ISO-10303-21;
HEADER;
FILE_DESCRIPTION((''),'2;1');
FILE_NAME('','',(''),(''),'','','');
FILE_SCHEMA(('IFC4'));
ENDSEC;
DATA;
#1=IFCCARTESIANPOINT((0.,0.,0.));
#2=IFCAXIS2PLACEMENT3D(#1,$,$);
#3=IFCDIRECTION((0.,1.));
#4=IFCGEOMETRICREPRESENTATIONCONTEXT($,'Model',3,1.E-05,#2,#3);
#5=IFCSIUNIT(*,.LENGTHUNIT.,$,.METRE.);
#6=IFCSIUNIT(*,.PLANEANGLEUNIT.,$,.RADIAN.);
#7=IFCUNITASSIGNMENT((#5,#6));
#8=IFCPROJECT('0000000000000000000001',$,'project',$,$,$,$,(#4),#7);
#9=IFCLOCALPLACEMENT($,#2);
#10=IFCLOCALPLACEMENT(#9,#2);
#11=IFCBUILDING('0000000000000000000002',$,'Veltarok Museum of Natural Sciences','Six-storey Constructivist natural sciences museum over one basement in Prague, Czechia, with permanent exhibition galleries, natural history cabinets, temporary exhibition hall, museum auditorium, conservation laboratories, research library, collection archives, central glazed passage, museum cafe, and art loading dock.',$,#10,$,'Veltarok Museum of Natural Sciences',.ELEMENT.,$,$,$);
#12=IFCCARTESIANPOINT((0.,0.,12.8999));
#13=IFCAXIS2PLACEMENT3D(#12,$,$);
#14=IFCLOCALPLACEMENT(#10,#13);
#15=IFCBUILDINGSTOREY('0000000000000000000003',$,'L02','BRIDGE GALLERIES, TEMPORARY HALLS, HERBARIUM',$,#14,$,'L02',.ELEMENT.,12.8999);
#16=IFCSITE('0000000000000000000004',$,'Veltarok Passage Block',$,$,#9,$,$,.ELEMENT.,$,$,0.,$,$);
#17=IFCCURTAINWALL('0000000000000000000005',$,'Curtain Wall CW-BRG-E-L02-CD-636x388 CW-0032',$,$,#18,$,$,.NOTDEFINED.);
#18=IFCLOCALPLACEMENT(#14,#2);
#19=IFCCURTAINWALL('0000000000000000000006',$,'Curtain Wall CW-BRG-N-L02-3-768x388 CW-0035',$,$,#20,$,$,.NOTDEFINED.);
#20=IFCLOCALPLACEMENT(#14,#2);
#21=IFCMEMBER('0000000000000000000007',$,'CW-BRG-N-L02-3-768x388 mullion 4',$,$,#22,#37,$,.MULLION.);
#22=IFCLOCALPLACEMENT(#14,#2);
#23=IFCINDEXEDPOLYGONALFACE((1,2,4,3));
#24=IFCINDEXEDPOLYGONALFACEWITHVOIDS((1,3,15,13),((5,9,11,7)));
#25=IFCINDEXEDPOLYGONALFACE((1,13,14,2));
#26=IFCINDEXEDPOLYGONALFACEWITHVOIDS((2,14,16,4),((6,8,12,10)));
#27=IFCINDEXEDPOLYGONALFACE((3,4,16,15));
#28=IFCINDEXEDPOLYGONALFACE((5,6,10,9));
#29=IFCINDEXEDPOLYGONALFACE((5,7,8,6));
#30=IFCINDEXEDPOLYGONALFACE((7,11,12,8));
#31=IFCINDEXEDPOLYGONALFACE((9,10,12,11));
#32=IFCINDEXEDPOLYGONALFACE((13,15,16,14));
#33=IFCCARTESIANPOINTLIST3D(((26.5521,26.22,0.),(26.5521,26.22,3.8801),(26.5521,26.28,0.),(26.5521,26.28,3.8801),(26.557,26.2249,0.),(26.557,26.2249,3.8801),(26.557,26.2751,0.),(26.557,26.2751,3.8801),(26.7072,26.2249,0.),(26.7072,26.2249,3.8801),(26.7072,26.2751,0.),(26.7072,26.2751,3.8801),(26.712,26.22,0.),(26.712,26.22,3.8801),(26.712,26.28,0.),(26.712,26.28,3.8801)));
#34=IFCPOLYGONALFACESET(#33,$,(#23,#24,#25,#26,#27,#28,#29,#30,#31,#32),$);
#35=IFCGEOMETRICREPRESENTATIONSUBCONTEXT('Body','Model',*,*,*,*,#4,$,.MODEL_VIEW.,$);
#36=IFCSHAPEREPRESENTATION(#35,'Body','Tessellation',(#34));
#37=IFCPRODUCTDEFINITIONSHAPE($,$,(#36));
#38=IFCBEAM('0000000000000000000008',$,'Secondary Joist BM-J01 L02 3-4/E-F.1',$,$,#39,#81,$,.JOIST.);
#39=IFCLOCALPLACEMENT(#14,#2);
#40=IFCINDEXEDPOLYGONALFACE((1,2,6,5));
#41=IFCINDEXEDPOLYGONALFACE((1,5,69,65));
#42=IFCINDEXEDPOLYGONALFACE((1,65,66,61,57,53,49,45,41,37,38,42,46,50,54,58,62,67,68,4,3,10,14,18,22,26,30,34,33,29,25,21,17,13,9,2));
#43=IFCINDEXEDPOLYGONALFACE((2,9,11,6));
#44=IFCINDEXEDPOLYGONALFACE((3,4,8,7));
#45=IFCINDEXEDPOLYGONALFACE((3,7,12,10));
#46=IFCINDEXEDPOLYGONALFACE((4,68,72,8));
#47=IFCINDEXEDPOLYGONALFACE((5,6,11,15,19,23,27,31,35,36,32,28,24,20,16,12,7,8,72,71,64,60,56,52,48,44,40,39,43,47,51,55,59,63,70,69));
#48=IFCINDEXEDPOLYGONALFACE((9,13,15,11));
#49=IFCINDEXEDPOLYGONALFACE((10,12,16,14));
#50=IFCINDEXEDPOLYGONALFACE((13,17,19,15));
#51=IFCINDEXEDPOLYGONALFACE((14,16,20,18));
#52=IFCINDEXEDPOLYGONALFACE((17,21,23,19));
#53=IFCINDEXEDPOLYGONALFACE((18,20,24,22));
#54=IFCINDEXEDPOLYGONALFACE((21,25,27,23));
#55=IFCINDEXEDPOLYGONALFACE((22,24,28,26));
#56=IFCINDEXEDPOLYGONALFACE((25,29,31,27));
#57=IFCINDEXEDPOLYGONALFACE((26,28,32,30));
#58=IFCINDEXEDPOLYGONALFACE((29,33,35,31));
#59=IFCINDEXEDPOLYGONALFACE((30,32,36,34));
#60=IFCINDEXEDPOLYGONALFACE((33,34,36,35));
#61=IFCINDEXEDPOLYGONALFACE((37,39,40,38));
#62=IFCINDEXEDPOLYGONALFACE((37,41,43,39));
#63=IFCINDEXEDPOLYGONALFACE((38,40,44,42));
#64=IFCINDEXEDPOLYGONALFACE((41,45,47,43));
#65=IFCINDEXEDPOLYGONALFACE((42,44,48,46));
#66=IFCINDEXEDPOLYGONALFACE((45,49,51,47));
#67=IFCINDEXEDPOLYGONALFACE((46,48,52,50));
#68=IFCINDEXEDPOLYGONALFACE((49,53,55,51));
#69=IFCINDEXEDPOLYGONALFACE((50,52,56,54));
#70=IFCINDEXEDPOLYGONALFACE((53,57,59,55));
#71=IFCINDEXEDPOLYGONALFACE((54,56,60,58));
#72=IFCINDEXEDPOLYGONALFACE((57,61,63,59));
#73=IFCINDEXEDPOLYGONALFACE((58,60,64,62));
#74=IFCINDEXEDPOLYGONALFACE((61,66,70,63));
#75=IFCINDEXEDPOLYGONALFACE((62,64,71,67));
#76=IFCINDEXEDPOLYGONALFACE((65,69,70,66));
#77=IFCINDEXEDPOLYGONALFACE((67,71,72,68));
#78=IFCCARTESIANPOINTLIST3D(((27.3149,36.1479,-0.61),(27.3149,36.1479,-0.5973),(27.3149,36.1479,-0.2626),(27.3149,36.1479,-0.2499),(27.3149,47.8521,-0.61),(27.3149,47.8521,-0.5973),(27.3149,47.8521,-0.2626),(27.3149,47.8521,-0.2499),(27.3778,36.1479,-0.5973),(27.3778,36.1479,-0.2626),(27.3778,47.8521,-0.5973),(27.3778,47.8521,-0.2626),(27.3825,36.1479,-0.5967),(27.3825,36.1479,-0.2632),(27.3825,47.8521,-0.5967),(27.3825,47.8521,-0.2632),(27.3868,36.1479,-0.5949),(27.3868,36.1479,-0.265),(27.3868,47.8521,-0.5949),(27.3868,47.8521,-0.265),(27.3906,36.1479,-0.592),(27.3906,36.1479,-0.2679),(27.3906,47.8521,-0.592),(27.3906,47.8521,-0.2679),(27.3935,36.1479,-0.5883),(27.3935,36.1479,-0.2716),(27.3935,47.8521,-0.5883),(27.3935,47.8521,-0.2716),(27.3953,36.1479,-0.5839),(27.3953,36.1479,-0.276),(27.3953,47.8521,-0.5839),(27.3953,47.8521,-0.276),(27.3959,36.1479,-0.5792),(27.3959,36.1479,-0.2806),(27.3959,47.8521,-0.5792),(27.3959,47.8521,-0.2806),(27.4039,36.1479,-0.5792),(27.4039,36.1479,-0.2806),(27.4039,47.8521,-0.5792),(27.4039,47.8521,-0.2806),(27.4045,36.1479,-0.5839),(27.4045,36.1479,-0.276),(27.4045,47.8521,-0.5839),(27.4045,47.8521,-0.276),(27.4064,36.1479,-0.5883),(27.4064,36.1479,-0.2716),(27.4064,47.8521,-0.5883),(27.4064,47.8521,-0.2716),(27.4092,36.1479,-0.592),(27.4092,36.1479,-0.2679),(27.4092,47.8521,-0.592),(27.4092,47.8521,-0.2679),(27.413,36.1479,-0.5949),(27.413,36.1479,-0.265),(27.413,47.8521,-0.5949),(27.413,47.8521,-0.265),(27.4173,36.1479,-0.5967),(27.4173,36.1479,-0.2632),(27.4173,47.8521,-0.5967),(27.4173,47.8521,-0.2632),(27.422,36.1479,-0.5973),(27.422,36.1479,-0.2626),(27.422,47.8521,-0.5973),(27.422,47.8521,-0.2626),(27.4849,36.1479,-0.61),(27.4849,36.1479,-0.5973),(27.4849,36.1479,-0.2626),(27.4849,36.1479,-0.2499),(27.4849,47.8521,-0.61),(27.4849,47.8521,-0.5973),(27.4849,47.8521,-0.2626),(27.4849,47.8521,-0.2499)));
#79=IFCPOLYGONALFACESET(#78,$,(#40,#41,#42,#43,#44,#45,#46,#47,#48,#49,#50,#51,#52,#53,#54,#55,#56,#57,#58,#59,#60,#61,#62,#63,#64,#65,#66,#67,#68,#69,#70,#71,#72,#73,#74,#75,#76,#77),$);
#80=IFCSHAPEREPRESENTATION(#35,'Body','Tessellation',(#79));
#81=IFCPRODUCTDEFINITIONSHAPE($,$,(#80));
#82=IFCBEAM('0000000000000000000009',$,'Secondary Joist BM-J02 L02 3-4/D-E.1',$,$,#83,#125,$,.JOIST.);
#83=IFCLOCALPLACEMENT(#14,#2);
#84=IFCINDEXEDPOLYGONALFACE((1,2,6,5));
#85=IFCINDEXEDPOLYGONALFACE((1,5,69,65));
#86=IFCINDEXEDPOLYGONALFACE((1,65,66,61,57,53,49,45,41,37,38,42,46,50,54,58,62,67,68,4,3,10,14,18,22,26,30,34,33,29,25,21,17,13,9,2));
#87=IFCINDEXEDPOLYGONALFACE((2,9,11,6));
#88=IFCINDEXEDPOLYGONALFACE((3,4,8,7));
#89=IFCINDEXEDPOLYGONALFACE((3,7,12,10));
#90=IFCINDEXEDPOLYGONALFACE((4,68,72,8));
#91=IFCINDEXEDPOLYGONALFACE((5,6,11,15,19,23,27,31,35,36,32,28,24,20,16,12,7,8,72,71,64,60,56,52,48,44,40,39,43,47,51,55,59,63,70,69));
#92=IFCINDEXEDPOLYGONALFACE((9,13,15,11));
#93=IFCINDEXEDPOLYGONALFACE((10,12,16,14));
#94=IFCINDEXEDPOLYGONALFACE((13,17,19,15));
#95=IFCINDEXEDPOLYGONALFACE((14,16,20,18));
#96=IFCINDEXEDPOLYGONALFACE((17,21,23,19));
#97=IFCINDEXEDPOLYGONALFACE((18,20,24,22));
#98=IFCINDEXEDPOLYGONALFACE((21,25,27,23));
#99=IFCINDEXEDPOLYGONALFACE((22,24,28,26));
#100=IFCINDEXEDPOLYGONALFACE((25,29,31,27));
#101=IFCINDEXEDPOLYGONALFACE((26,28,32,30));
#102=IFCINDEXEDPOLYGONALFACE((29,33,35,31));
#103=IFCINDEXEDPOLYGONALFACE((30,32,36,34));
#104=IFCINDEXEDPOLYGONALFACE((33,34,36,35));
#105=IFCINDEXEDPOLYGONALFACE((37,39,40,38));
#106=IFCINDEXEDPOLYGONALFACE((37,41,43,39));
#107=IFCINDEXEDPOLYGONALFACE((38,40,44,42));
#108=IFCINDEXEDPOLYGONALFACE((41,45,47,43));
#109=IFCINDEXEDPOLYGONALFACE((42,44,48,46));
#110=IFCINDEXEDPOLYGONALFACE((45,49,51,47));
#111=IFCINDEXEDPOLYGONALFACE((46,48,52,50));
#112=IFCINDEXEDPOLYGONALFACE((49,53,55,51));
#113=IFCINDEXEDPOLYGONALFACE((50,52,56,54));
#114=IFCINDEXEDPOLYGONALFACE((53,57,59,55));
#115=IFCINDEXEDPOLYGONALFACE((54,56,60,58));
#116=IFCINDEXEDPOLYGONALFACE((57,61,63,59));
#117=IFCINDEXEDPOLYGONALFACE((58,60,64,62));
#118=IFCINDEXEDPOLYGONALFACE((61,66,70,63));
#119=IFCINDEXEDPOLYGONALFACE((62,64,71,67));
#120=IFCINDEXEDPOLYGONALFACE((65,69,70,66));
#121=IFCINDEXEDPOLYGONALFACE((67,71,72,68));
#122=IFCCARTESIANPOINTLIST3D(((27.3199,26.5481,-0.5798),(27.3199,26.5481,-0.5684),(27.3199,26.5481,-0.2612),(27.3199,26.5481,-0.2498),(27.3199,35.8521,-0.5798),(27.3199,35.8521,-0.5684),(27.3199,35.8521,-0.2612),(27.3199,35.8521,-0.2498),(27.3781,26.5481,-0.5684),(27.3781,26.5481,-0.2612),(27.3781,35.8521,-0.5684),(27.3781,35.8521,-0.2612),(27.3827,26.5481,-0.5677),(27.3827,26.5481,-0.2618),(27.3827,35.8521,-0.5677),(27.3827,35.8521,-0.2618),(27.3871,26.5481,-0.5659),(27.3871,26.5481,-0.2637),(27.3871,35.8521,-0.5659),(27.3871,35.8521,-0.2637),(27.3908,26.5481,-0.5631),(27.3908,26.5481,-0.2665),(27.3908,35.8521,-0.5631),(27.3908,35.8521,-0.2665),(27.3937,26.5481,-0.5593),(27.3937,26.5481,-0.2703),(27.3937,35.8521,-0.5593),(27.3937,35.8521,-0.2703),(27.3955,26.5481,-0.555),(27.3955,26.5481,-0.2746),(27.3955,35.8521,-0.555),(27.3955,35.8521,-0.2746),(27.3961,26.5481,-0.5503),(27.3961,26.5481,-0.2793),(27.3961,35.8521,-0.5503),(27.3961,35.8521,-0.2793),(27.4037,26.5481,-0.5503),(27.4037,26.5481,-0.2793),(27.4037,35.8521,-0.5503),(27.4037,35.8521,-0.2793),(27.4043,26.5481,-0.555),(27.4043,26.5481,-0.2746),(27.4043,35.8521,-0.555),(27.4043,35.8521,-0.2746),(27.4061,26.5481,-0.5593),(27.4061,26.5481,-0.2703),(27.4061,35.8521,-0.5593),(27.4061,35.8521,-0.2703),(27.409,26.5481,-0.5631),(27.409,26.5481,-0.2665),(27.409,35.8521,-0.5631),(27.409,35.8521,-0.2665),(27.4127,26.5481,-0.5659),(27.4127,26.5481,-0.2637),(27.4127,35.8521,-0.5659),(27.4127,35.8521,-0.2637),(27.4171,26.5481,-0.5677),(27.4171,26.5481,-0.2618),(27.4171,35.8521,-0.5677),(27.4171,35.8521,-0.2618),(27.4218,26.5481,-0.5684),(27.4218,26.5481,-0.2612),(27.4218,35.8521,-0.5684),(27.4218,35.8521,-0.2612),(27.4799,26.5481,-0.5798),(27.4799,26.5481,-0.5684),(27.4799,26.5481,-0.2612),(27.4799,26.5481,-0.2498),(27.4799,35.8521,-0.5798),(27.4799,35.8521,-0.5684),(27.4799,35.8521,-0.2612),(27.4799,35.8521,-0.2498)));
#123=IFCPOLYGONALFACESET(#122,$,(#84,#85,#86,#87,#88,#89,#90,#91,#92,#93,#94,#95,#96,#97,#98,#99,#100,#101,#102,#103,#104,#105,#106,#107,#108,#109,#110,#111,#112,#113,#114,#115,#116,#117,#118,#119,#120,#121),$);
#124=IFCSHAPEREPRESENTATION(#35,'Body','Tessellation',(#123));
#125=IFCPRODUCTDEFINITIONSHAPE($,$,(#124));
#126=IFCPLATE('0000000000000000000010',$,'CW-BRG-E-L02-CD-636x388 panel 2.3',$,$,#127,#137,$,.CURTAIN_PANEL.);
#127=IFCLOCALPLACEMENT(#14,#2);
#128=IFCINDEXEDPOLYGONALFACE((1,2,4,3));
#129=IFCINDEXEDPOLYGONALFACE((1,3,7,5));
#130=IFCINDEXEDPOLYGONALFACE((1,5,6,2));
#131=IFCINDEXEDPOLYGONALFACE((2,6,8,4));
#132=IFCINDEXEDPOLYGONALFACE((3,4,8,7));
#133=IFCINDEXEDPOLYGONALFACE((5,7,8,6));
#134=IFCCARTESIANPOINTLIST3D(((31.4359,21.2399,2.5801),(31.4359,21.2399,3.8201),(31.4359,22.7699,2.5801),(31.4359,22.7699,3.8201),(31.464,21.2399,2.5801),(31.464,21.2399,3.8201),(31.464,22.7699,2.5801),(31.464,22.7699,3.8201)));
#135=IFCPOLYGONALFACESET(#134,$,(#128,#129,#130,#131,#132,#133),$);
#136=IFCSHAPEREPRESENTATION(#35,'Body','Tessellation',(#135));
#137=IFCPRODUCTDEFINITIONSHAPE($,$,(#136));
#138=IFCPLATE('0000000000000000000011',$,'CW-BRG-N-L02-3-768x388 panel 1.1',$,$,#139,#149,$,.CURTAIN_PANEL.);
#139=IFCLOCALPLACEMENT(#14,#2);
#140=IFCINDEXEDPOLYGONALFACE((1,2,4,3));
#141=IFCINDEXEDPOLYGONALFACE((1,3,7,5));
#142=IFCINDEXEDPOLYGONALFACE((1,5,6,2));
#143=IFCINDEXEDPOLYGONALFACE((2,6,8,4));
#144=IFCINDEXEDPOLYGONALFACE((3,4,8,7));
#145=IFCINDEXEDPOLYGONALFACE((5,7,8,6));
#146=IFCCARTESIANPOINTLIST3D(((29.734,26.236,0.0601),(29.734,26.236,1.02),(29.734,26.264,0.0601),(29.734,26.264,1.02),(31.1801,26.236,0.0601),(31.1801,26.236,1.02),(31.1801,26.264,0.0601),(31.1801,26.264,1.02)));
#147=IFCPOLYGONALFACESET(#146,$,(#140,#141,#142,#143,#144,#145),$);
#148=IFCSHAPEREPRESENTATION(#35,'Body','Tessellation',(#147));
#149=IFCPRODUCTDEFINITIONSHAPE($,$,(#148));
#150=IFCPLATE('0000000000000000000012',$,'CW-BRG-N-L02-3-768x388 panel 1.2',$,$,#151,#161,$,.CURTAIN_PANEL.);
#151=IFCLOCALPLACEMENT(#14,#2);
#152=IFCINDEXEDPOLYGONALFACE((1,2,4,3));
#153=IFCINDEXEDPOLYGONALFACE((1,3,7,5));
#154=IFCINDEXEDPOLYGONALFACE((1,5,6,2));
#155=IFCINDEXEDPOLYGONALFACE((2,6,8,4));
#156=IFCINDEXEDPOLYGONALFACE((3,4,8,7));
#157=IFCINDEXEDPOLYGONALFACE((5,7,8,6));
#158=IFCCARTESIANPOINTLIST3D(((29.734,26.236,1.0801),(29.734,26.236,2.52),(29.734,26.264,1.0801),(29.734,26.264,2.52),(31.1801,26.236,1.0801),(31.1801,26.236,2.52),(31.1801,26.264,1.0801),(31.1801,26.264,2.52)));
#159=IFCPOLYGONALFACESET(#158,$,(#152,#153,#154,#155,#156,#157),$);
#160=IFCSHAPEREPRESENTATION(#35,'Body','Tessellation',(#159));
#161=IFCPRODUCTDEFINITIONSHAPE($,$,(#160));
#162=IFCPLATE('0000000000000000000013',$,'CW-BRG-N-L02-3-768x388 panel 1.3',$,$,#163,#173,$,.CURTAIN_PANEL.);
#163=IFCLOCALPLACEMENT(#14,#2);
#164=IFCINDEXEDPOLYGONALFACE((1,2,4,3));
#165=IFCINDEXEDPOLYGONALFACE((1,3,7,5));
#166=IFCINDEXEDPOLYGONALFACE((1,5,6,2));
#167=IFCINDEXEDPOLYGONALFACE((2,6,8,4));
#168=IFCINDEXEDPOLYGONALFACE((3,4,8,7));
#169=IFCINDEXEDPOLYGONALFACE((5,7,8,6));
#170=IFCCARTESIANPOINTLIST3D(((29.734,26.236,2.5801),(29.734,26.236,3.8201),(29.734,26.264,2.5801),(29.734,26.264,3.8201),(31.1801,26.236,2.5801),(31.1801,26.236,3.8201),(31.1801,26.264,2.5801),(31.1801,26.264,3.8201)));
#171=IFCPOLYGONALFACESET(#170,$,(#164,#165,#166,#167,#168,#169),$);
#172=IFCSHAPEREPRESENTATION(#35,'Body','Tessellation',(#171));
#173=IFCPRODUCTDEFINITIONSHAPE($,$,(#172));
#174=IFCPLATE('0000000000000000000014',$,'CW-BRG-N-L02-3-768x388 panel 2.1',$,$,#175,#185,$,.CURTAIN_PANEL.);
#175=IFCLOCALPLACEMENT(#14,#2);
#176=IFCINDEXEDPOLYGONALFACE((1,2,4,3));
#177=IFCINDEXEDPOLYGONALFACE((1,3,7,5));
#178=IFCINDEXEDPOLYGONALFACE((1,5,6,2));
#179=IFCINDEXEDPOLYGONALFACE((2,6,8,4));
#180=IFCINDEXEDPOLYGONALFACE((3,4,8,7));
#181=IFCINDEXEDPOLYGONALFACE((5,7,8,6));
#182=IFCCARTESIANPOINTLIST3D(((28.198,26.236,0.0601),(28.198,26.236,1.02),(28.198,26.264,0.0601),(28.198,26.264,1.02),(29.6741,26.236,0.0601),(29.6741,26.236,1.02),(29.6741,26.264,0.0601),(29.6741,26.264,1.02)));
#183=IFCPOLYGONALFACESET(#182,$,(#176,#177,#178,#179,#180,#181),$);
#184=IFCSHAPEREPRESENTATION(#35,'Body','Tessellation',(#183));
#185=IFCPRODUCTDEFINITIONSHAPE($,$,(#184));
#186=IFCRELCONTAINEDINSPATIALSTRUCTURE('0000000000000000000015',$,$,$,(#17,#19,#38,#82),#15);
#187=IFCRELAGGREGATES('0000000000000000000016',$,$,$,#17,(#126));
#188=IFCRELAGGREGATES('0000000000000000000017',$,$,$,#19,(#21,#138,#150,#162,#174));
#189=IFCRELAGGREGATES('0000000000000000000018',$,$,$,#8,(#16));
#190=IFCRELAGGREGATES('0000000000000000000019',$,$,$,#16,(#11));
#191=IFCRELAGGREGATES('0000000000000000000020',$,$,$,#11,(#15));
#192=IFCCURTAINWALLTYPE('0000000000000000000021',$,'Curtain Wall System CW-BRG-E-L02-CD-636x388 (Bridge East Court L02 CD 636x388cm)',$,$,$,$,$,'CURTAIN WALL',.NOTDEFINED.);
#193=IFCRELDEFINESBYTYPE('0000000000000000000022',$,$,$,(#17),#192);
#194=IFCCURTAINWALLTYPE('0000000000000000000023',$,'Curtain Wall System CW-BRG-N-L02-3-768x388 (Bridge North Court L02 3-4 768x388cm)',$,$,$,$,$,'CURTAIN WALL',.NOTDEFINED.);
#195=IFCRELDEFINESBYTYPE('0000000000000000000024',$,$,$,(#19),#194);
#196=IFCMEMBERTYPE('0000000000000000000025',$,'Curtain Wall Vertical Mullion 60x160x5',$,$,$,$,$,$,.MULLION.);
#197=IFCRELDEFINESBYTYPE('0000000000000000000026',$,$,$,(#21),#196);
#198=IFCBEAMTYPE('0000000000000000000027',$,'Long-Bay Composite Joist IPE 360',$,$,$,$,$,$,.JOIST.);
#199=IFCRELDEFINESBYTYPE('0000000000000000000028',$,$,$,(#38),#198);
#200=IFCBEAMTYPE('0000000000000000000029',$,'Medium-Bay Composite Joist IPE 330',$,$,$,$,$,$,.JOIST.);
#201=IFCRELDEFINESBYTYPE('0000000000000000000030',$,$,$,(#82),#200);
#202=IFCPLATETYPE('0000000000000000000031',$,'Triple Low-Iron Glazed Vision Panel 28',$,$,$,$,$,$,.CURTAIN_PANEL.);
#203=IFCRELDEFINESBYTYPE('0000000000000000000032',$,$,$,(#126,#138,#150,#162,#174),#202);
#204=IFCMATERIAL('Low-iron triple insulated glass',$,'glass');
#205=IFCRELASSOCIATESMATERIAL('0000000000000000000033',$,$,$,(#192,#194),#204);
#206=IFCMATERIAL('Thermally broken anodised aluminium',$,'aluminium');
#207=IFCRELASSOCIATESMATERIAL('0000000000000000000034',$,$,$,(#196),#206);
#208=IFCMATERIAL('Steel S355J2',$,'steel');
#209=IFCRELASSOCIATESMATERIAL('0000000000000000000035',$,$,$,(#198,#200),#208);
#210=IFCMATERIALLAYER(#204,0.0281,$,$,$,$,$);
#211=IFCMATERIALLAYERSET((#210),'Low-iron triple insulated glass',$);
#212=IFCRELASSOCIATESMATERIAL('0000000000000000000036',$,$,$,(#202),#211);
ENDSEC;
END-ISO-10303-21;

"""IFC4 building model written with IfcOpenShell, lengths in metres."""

from ifc_helpers import new_model, si_unit, direction, frame, origin, origin_2d, place, context, subcontext, project, spatial, rectangle, hollow_rectangle, i_section, extrude, material, layer, layer_set, material_profile, profile_set, type_object, element, aggregate, save


model = new_model("IFC4")

# Units and contexts
model_context = context("Model", 3, precision=1e-05, world=origin(), true_north=direction((0.0, 1.0)))
body_context = subcontext(model_context, "Body", "Model", "MODEL_VIEW")
ifc_project = project(units=[si_unit("LENGTHUNIT", "METRE"), si_unit("PLANEANGLEUNIT", "RADIAN")], contexts=[model_context])

# Site, building, storey
site_placement = place(None, origin())
site = spatial("IfcSite", under=ifc_project, at=site_placement, Name="Veltarok Passage Block", CompositionType="ELEMENT", RefElevation=0.0)
building_placement = place(site_placement, origin())
building = spatial("IfcBuilding", under=site, at=building_placement, Name="Veltarok Museum of Natural Sciences", Description="Six-storey Constructivist natural sciences museum over one basement in Prague, Czechia, with permanent exhibition galleries, natural history cabinets, temporary exhibition hall, museum auditorium, conservation laboratories, research library, collection archives, central glazed passage, museum cafe, and art loading dock.", LongName="Veltarok Museum of Natural Sciences", CompositionType="ELEMENT")
storey_placement = place(building_placement, frame((0.0, 0.0, 12.8999)))
storey = spatial("IfcBuildingStorey", under=building, at=storey_placement, Name="L02", Description="BRIDGE GALLERIES, TEMPORARY HALLS, HERBARIUM", LongName="L02", CompositionType="ELEMENT", Elevation=12.8999)

# Curtain walls
ifc_material_1 = material(Name="Low-iron triple insulated glass", Category="glass")
curtain_wall_type_1 = type_object("IfcCurtainWallType", Name="Curtain Wall System CW-BRG-E-L02-CD-636x388 (Bridge East Court L02 CD 636x388cm)", ElementType="CURTAIN WALL", PredefinedType="NOTDEFINED", material=ifc_material_1)
curtain_wall_1_placement = place(storey_placement, origin())
curtain_wall_1 = element("IfcCurtainWall", 1, at=curtain_wall_1_placement, inside=storey, type_object=curtain_wall_type_1, Name="Curtain Wall CW-BRG-E-L02-CD-636x388 CW-0032", PredefinedType="NOTDEFINED")
ifc_material_2 = material(Name="Thermally broken anodised aluminium", Category="aluminium")
curtain_wall_type_2 = type_object("IfcCurtainWallType", Name="Curtain Wall System CW-BRG-N-L02-3-768x388 (Bridge North Court L02 3-4 768x388cm)", ElementType="CURTAIN WALL", PredefinedType="NOTDEFINED", material=ifc_material_1)
curtain_wall_2_placement = place(storey_placement, origin())
curtain_wall_2 = element("IfcCurtainWall", 2, at=curtain_wall_2_placement, inside=storey, type_object=curtain_wall_type_2, Name="Curtain Wall CW-BRG-N-L02-3-768x388 CW-0035", PredefinedType="NOTDEFINED")

# Member
ifc_material_profile_1 = material_profile(ifc_material_2, hollow_rectangle(XDim=0.0601, YDim=0.1599, WallThickness=0.0049, at=origin_2d()), Name="CW MULLION 60x160x5")
ifc_profile_set_1 = profile_set([ifc_material_profile_1], Name="Thermally broken anodised aluminium")
member_type_1 = type_object("IfcMemberType", Name="Curtain Wall Vertical Mullion 60x160x5", PredefinedType="MULLION", material=ifc_profile_set_1)
member_1_placement = place(storey_placement, frame((26.6321, 26.25, 0.0), z_axis=(0.0, 0.0, 1.0), x_axis=(0.0, -1.0, 0.0)))
member_1 = element("IfcMember", 3, at=member_1_placement, type_object=member_type_1, Name="CW-BRG-N-L02-3-768x388 mullion 4", PredefinedType="MULLION", context=body_context, shape_type="SweptSolid", body=[
    extrude(hollow_rectangle(XDim=0.0601, YDim=0.1599, WallThickness=0.0049, at=origin_2d()), origin(), (0.0, 0.0, 1.0), 3.8801),
])

# Beams
ifc_material_3 = material(Name="Steel S355J2", Category="steel")
ifc_material_profile_2 = material_profile(ifc_material_3, i_section(OverallWidth=0.1699, OverallDepth=0.3601, WebThickness=0.0081, FlangeThickness=0.0127, FilletRadius=0.0181, at=origin_2d()), Name="IPE 360")
ifc_profile_set_2 = profile_set([ifc_material_profile_2], Name="Steel S355J2")
beam_type_1 = type_object("IfcBeamType", Name="Long-Bay Composite Joist IPE 360", PredefinedType="JOIST", material=ifc_profile_set_2)
beam_1_placement = place(storey_placement, frame((27.3999, 36.1479, -0.4299), z_axis=(0.0, 1.0, 0.0), x_axis=(-1.0, 0.0, 0.0)))
element("IfcBeam", 4, at=beam_1_placement, inside=storey, type_object=beam_type_1, Name="Secondary Joist BM-J01 L02 3-4/E-F.1", PredefinedType="JOIST", context=body_context, shape_type="SweptSolid", body=[
    extrude(i_section(OverallWidth=0.1699, OverallDepth=0.3601, WebThickness=0.0081, FlangeThickness=0.0127, FilletRadius=0.0181, at=origin_2d()), origin(), (0.0, 0.0, 1.0), 11.7041),
])
ifc_material_profile_3 = material_profile(ifc_material_3, i_section(OverallWidth=0.1599, OverallDepth=0.3301, WebThickness=0.0076, FlangeThickness=0.0115, FilletRadius=0.0181, at=origin_2d()), Name="IPE 330")
ifc_profile_set_3 = profile_set([ifc_material_profile_3], Name="Steel S355J2")
beam_type_2 = type_object("IfcBeamType", Name="Medium-Bay Composite Joist IPE 330", PredefinedType="JOIST", material=ifc_profile_set_3)
beam_2_placement = place(storey_placement, frame((27.3999, 26.5481, -0.4148), z_axis=(0.0, 1.0, 0.0), x_axis=(-1.0, 0.0, 0.0)))
element("IfcBeam", 5, at=beam_2_placement, inside=storey, type_object=beam_type_2, Name="Secondary Joist BM-J02 L02 3-4/D-E.1", PredefinedType="JOIST", context=body_context, shape_type="SweptSolid", body=[
    extrude(i_section(OverallWidth=0.1599, OverallDepth=0.3301, WebThickness=0.0076, FlangeThickness=0.0115, FilletRadius=0.0181, at=origin_2d()), origin(), (0.0, 0.0, 1.0), 9.304),
])

# Plates
ifc_layer = layer(ifc_material_1, 0.0281)
ifc_layer_set = layer_set([ifc_layer], Name="Low-iron triple insulated glass")
plate_type = type_object("IfcPlateType", Name="Triple Low-Iron Glazed Vision Panel 28", PredefinedType="CURTAIN_PANEL", material=ifc_layer_set)
plate_1_placement = place(storey_placement, frame((31.45, 22.0049, 2.5801), z_axis=(0.0, 0.0, 1.0), x_axis=(0.0, 1.0, 0.0)))
plate_1 = element("IfcPlate", 6, at=plate_1_placement, type_object=plate_type, Name="CW-BRG-E-L02-CD-636x388 panel 2.3", PredefinedType="CURTAIN_PANEL", context=body_context, shape_type="SweptSolid", body=[
    extrude(rectangle(XDim=1.53, YDim=0.0281, at=origin_2d()), origin(), (0.0, 0.0, 1.0), 1.24),
])
aggregate(curtain_wall_1, [plate_1])
plate_2_placement = place(storey_placement, frame((30.457, 26.25, 0.0601), z_axis=(0.0, 0.0, 1.0), x_axis=(-1.0, 0.0, 0.0)))
plate_2 = element("IfcPlate", 7, at=plate_2_placement, type_object=plate_type, Name="CW-BRG-N-L02-3-768x388 panel 1.1", PredefinedType="CURTAIN_PANEL", context=body_context, shape_type="SweptSolid", body=[
    extrude(rectangle(XDim=1.446, YDim=0.0281, at=origin_2d()), origin(), (0.0, 0.0, 1.0), 0.96),
])
plate_3_placement = place(storey_placement, frame((30.457, 26.25, 1.0801), z_axis=(0.0, 0.0, 1.0), x_axis=(-1.0, 0.0, 0.0)))
plate_3 = element("IfcPlate", 8, at=plate_3_placement, type_object=plate_type, Name="CW-BRG-N-L02-3-768x388 panel 1.2", PredefinedType="CURTAIN_PANEL", context=body_context, shape_type="SweptSolid", body=[
    extrude(rectangle(XDim=1.446, YDim=0.0281, at=origin_2d()), origin(), (0.0, 0.0, 1.0), 1.4399),
])
plate_4_placement = place(storey_placement, frame((30.457, 26.25, 2.5801), z_axis=(0.0, 0.0, 1.0), x_axis=(-1.0, 0.0, 0.0)))
plate_4 = element("IfcPlate", 9, at=plate_4_placement, type_object=plate_type, Name="CW-BRG-N-L02-3-768x388 panel 1.3", PredefinedType="CURTAIN_PANEL", context=body_context, shape_type="SweptSolid", body=[
    extrude(rectangle(XDim=1.446, YDim=0.0281, at=origin_2d()), origin(), (0.0, 0.0, 1.0), 1.24),
])
plate_5_placement = place(storey_placement, frame((28.936, 26.25, 0.0601), z_axis=(0.0, 0.0, 1.0), x_axis=(-1.0, 0.0, 0.0)))
plate_5 = element("IfcPlate", 10, at=plate_5_placement, type_object=plate_type, Name="CW-BRG-N-L02-3-768x388 panel 2.1", PredefinedType="CURTAIN_PANEL", context=body_context, shape_type="SweptSolid", body=[
    extrude(rectangle(XDim=1.4761, YDim=0.0281, at=origin_2d()), origin(), (0.0, 0.0, 1.0), 0.96),
])
aggregate(curtain_wall_2, [member_1, plate_2, plate_3, plate_4, plate_5])

save(model, "model.ifc")
